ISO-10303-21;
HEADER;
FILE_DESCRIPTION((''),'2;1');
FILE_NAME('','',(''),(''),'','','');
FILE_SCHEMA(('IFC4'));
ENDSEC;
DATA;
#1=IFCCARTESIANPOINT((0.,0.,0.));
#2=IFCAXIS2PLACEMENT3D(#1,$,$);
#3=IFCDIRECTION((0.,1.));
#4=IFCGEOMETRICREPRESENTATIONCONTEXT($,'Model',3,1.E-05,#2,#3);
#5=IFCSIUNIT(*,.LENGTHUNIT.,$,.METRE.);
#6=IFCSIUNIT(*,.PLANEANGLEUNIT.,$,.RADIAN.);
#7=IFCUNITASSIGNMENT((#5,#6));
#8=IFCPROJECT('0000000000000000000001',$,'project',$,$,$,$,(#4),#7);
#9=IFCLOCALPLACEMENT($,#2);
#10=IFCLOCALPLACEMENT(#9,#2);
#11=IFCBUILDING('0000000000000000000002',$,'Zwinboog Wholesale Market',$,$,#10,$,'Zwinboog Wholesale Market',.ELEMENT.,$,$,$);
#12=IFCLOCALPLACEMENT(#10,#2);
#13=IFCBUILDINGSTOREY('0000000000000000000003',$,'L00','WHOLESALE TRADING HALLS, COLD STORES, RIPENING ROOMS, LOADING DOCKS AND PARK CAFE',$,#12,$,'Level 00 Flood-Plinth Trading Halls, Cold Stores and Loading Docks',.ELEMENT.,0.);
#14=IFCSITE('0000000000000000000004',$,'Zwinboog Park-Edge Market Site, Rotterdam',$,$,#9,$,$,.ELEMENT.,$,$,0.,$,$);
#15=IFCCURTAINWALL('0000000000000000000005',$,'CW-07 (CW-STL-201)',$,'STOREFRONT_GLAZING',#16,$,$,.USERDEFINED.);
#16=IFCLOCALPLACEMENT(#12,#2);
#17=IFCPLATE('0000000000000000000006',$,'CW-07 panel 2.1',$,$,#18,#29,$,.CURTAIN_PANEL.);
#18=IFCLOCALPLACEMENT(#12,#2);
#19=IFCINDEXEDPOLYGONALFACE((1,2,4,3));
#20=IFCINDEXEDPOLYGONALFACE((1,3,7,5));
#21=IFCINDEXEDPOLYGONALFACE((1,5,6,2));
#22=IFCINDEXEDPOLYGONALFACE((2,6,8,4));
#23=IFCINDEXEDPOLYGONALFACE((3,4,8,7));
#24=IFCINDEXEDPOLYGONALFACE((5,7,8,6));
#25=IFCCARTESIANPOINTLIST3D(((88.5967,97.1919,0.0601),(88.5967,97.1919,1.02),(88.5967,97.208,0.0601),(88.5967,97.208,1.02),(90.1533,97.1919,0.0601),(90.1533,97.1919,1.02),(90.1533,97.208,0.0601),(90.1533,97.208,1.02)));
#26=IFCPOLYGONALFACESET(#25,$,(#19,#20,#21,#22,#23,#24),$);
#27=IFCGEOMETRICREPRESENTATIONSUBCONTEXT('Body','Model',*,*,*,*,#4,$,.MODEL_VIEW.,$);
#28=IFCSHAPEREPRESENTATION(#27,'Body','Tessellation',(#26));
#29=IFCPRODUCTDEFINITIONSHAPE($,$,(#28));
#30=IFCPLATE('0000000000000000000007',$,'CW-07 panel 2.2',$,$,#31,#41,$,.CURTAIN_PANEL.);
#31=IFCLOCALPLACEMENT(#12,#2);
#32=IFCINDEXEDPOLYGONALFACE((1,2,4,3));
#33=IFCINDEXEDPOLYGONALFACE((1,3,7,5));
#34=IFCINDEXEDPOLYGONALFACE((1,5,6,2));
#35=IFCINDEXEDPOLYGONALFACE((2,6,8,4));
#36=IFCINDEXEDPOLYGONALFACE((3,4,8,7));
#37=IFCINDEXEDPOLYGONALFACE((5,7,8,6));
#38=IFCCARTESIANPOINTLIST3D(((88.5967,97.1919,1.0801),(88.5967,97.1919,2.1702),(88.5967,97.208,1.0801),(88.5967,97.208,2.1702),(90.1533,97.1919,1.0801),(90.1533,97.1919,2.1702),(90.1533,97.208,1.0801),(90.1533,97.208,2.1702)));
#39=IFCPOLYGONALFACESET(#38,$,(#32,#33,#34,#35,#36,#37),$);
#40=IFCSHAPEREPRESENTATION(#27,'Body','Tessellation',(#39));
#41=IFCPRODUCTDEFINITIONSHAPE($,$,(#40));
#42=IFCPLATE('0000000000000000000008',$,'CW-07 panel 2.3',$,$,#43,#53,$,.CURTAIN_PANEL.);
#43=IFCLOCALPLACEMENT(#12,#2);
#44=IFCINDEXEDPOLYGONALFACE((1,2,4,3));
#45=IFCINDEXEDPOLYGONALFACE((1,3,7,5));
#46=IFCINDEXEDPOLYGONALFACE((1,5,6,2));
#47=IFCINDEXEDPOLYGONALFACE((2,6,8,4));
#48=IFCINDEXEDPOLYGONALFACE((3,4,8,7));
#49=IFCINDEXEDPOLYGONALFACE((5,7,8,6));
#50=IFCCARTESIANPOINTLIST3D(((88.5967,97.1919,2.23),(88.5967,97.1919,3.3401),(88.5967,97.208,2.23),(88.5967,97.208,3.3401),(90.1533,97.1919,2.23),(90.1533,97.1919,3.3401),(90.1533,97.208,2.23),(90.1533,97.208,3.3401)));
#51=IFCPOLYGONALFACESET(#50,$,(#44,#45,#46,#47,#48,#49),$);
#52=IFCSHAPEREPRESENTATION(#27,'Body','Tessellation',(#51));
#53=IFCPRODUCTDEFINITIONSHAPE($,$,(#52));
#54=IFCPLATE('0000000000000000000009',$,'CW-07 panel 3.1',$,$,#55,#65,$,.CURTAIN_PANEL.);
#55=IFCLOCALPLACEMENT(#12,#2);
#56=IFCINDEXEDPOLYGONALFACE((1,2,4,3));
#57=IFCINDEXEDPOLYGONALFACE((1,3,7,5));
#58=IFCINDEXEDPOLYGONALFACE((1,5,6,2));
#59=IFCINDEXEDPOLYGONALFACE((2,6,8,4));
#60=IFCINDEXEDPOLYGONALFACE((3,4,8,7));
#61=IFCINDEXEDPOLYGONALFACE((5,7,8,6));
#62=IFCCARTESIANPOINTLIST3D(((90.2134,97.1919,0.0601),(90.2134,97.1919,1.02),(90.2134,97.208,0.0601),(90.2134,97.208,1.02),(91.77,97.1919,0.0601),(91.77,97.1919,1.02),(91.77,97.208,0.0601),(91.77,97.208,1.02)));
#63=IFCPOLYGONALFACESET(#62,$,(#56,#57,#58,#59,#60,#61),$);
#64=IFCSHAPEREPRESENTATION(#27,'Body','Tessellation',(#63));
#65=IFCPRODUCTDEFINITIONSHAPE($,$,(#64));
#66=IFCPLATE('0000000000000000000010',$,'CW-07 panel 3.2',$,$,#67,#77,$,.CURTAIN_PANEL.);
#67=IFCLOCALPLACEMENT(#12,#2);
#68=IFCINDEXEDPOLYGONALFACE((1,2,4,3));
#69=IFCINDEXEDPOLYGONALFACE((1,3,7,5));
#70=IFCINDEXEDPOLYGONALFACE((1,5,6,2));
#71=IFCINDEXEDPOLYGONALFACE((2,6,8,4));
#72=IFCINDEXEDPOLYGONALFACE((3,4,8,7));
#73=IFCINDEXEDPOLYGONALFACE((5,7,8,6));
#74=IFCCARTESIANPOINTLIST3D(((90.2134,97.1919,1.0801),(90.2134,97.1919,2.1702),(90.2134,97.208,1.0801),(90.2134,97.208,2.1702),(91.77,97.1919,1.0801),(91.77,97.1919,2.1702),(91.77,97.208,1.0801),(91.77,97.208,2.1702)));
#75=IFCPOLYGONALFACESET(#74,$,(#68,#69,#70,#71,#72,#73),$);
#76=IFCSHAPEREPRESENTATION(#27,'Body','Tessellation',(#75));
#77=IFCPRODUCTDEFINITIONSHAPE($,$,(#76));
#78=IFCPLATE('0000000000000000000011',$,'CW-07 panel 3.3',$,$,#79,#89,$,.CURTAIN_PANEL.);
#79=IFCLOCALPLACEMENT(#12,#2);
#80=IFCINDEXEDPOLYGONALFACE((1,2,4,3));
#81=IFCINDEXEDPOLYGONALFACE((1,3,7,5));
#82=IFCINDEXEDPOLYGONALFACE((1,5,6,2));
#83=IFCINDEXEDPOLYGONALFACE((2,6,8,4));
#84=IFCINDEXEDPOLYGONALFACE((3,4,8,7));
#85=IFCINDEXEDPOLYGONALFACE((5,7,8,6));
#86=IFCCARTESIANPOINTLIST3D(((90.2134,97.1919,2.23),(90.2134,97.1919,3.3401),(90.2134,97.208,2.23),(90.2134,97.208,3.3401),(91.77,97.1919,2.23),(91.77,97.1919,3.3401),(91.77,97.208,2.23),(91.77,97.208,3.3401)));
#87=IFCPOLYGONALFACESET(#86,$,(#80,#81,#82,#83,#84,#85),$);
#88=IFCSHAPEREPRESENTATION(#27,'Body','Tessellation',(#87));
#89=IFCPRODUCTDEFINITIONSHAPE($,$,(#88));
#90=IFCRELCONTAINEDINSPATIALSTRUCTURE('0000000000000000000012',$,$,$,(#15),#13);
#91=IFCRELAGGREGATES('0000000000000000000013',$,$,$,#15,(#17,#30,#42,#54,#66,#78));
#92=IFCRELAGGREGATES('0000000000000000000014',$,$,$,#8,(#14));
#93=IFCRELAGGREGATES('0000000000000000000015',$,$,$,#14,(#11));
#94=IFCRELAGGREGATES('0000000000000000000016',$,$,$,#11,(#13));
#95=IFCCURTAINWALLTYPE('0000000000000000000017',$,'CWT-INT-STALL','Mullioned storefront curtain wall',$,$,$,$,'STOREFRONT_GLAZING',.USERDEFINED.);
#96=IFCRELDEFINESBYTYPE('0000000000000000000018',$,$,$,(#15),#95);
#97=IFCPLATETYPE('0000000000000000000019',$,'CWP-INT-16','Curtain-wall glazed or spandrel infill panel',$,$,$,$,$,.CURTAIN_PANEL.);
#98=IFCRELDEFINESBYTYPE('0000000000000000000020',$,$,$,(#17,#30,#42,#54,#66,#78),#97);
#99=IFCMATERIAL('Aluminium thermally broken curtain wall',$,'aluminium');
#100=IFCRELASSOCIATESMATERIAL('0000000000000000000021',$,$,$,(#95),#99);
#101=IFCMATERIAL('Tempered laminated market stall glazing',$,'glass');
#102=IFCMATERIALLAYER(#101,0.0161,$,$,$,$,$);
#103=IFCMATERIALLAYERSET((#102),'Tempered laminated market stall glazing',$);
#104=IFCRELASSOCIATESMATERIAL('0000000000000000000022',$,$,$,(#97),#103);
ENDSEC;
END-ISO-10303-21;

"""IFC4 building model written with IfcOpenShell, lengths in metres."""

from ifc_helpers import new_model, si_unit, direction, frame, origin, origin_2d, place, context, subcontext, project, spatial, rectangle, extrude, material, layer, layer_set, type_object, element, aggregate, save


model = new_model("IFC4")

# Units and contexts
model_context = context("Model", 3, precision=1e-05, world=origin(), true_north=direction((0.0, 1.0)))
body_context = subcontext(model_context, "Body", "Model", "MODEL_VIEW")
ifc_project = project(units=[si_unit("LENGTHUNIT", "METRE"), si_unit("PLANEANGLEUNIT", "RADIAN")], contexts=[model_context])

# Site, building, storey
site_placement = place(None, origin())
site = spatial("IfcSite", under=ifc_project, at=site_placement, Name="Zwinboog Park-Edge Market Site, Rotterdam", CompositionType="ELEMENT", RefElevation=0.0)
building_placement = place(site_placement, origin())
building = spatial("IfcBuilding", under=site, at=building_placement, Name="Zwinboog Wholesale Market", LongName="Zwinboog Wholesale Market", CompositionType="ELEMENT")
storey_placement = place(building_placement, origin())
storey = spatial("IfcBuildingStorey", under=building, at=storey_placement, Name="L00", Description="WHOLESALE TRADING HALLS, COLD STORES, RIPENING ROOMS, LOADING DOCKS AND PARK CAFE", LongName="Level 00 Flood-Plinth Trading Halls, Cold Stores and Loading Docks", CompositionType="ELEMENT", Elevation=0.0)

# Curtain wall, plates
ifc_material_1 = material(Name="Aluminium thermally broken curtain wall", Category="aluminium")
curtain_wall_type = type_object("IfcCurtainWallType", Name="CWT-INT-STALL", Description="Mullioned storefront curtain wall", ElementType="STOREFRONT_GLAZING", PredefinedType="USERDEFINED", material=ifc_material_1)
curtain_wall_placement = place(storey_placement, origin())
curtain_wall = element("IfcCurtainWall", 1, at=curtain_wall_placement, inside=storey, type_object=curtain_wall_type, Name="CW-07 (CW-STL-201)", ObjectType="STOREFRONT_GLAZING", PredefinedType="USERDEFINED")
ifc_material_2 = material(Name="Tempered laminated market stall glazing", Category="glass")
ifc_layer = layer(ifc_material_2, 0.0161)
ifc_layer_set = layer_set([ifc_layer], Name="Tempered laminated market stall glazing")
plate_type = type_object("IfcPlateType", Name="CWP-INT-16", Description="Curtain-wall glazed or spandrel infill panel", PredefinedType="CURTAIN_PANEL", material=ifc_layer_set)
plate_1_placement = place(storey_placement, frame((89.375, 97.2, 0.0601), z_axis=(0.0, 0.0, 1.0), x_axis=(1.0, 0.0, 0.0)))
plate_1 = element("IfcPlate", 2, at=plate_1_placement, type_object=plate_type, Name="CW-07 panel 2.1", PredefinedType="CURTAIN_PANEL", context=body_context, shape_type="SweptSolid", body=[
    extrude(rectangle(XDim=1.5566, YDim=0.0161, at=origin_2d()), origin(), (0.0, 0.0, 1.0), 0.96),
])
plate_2_placement = place(storey_placement, frame((89.375, 97.2, 1.0801), z_axis=(0.0, 0.0, 1.0), x_axis=(1.0, 0.0, 0.0)))
plate_2 = element("IfcPlate", 3, at=plate_2_placement, type_object=plate_type, Name="CW-07 panel 2.2", PredefinedType="CURTAIN_PANEL", context=body_context, shape_type="SweptSolid", body=[
    extrude(rectangle(XDim=1.5566, YDim=0.0161, at=origin_2d()), origin(), (0.0, 0.0, 1.0), 1.0901),
])
plate_3_placement = place(storey_placement, frame((89.375, 97.2, 2.23), z_axis=(0.0, 0.0, 1.0), x_axis=(1.0, 0.0, 0.0)))
plate_3 = element("IfcPlate", 4, at=plate_3_placement, type_object=plate_type, Name="CW-07 panel 2.3", PredefinedType="CURTAIN_PANEL", context=body_context, shape_type="SweptSolid", body=[
    extrude(rectangle(XDim=1.5566, YDim=0.0161, at=origin_2d()), origin(), (0.0, 0.0, 1.0), 1.1101),
])
plate_4_placement = place(storey_placement, frame((90.9917, 97.2, 0.0601), z_axis=(0.0, 0.0, 1.0), x_axis=(1.0, 0.0, 0.0)))
plate_4 = element("IfcPlate", 5, at=plate_4_placement, type_object=plate_type, Name="CW-07 panel 3.1", PredefinedType="CURTAIN_PANEL", context=body_context, shape_type="SweptSolid", body=[
    extrude(rectangle(XDim=1.5566, YDim=0.0161, at=origin_2d()), origin(), (0.0, 0.0, 1.0), 0.96),
])
plate_5_placement = place(storey_placement, frame((90.9917, 97.2, 1.0801), z_axis=(0.0, 0.0, 1.0), x_axis=(1.0, 0.0, 0.0)))
plate_5 = element("IfcPlate", 6, at=plate_5_placement, type_object=plate_type, Name="CW-07 panel 3.2", PredefinedType="CURTAIN_PANEL", context=body_context, shape_type="SweptSolid", body=[
    extrude(rectangle(XDim=1.5566, YDim=0.0161, at=origin_2d()), origin(), (0.0, 0.0, 1.0), 1.0901),
])
plate_6_placement = place(storey_placement, frame((90.9917, 97.2, 2.23), z_axis=(0.0, 0.0, 1.0), x_axis=(1.0, 0.0, 0.0)))
plate_6 = element("IfcPlate", 7, at=plate_6_placement, type_object=plate_type, Name="CW-07 panel 3.3", PredefinedType="CURTAIN_PANEL", context=body_context, shape_type="SweptSolid", body=[
    extrude(rectangle(XDim=1.5566, YDim=0.0161, at=origin_2d()), origin(), (0.0, 0.0, 1.0), 1.1101),
])
aggregate(curtain_wall, [plate_1, plate_2, plate_3, plate_4, plate_5, plate_6])

save(model, "model.ifc")
